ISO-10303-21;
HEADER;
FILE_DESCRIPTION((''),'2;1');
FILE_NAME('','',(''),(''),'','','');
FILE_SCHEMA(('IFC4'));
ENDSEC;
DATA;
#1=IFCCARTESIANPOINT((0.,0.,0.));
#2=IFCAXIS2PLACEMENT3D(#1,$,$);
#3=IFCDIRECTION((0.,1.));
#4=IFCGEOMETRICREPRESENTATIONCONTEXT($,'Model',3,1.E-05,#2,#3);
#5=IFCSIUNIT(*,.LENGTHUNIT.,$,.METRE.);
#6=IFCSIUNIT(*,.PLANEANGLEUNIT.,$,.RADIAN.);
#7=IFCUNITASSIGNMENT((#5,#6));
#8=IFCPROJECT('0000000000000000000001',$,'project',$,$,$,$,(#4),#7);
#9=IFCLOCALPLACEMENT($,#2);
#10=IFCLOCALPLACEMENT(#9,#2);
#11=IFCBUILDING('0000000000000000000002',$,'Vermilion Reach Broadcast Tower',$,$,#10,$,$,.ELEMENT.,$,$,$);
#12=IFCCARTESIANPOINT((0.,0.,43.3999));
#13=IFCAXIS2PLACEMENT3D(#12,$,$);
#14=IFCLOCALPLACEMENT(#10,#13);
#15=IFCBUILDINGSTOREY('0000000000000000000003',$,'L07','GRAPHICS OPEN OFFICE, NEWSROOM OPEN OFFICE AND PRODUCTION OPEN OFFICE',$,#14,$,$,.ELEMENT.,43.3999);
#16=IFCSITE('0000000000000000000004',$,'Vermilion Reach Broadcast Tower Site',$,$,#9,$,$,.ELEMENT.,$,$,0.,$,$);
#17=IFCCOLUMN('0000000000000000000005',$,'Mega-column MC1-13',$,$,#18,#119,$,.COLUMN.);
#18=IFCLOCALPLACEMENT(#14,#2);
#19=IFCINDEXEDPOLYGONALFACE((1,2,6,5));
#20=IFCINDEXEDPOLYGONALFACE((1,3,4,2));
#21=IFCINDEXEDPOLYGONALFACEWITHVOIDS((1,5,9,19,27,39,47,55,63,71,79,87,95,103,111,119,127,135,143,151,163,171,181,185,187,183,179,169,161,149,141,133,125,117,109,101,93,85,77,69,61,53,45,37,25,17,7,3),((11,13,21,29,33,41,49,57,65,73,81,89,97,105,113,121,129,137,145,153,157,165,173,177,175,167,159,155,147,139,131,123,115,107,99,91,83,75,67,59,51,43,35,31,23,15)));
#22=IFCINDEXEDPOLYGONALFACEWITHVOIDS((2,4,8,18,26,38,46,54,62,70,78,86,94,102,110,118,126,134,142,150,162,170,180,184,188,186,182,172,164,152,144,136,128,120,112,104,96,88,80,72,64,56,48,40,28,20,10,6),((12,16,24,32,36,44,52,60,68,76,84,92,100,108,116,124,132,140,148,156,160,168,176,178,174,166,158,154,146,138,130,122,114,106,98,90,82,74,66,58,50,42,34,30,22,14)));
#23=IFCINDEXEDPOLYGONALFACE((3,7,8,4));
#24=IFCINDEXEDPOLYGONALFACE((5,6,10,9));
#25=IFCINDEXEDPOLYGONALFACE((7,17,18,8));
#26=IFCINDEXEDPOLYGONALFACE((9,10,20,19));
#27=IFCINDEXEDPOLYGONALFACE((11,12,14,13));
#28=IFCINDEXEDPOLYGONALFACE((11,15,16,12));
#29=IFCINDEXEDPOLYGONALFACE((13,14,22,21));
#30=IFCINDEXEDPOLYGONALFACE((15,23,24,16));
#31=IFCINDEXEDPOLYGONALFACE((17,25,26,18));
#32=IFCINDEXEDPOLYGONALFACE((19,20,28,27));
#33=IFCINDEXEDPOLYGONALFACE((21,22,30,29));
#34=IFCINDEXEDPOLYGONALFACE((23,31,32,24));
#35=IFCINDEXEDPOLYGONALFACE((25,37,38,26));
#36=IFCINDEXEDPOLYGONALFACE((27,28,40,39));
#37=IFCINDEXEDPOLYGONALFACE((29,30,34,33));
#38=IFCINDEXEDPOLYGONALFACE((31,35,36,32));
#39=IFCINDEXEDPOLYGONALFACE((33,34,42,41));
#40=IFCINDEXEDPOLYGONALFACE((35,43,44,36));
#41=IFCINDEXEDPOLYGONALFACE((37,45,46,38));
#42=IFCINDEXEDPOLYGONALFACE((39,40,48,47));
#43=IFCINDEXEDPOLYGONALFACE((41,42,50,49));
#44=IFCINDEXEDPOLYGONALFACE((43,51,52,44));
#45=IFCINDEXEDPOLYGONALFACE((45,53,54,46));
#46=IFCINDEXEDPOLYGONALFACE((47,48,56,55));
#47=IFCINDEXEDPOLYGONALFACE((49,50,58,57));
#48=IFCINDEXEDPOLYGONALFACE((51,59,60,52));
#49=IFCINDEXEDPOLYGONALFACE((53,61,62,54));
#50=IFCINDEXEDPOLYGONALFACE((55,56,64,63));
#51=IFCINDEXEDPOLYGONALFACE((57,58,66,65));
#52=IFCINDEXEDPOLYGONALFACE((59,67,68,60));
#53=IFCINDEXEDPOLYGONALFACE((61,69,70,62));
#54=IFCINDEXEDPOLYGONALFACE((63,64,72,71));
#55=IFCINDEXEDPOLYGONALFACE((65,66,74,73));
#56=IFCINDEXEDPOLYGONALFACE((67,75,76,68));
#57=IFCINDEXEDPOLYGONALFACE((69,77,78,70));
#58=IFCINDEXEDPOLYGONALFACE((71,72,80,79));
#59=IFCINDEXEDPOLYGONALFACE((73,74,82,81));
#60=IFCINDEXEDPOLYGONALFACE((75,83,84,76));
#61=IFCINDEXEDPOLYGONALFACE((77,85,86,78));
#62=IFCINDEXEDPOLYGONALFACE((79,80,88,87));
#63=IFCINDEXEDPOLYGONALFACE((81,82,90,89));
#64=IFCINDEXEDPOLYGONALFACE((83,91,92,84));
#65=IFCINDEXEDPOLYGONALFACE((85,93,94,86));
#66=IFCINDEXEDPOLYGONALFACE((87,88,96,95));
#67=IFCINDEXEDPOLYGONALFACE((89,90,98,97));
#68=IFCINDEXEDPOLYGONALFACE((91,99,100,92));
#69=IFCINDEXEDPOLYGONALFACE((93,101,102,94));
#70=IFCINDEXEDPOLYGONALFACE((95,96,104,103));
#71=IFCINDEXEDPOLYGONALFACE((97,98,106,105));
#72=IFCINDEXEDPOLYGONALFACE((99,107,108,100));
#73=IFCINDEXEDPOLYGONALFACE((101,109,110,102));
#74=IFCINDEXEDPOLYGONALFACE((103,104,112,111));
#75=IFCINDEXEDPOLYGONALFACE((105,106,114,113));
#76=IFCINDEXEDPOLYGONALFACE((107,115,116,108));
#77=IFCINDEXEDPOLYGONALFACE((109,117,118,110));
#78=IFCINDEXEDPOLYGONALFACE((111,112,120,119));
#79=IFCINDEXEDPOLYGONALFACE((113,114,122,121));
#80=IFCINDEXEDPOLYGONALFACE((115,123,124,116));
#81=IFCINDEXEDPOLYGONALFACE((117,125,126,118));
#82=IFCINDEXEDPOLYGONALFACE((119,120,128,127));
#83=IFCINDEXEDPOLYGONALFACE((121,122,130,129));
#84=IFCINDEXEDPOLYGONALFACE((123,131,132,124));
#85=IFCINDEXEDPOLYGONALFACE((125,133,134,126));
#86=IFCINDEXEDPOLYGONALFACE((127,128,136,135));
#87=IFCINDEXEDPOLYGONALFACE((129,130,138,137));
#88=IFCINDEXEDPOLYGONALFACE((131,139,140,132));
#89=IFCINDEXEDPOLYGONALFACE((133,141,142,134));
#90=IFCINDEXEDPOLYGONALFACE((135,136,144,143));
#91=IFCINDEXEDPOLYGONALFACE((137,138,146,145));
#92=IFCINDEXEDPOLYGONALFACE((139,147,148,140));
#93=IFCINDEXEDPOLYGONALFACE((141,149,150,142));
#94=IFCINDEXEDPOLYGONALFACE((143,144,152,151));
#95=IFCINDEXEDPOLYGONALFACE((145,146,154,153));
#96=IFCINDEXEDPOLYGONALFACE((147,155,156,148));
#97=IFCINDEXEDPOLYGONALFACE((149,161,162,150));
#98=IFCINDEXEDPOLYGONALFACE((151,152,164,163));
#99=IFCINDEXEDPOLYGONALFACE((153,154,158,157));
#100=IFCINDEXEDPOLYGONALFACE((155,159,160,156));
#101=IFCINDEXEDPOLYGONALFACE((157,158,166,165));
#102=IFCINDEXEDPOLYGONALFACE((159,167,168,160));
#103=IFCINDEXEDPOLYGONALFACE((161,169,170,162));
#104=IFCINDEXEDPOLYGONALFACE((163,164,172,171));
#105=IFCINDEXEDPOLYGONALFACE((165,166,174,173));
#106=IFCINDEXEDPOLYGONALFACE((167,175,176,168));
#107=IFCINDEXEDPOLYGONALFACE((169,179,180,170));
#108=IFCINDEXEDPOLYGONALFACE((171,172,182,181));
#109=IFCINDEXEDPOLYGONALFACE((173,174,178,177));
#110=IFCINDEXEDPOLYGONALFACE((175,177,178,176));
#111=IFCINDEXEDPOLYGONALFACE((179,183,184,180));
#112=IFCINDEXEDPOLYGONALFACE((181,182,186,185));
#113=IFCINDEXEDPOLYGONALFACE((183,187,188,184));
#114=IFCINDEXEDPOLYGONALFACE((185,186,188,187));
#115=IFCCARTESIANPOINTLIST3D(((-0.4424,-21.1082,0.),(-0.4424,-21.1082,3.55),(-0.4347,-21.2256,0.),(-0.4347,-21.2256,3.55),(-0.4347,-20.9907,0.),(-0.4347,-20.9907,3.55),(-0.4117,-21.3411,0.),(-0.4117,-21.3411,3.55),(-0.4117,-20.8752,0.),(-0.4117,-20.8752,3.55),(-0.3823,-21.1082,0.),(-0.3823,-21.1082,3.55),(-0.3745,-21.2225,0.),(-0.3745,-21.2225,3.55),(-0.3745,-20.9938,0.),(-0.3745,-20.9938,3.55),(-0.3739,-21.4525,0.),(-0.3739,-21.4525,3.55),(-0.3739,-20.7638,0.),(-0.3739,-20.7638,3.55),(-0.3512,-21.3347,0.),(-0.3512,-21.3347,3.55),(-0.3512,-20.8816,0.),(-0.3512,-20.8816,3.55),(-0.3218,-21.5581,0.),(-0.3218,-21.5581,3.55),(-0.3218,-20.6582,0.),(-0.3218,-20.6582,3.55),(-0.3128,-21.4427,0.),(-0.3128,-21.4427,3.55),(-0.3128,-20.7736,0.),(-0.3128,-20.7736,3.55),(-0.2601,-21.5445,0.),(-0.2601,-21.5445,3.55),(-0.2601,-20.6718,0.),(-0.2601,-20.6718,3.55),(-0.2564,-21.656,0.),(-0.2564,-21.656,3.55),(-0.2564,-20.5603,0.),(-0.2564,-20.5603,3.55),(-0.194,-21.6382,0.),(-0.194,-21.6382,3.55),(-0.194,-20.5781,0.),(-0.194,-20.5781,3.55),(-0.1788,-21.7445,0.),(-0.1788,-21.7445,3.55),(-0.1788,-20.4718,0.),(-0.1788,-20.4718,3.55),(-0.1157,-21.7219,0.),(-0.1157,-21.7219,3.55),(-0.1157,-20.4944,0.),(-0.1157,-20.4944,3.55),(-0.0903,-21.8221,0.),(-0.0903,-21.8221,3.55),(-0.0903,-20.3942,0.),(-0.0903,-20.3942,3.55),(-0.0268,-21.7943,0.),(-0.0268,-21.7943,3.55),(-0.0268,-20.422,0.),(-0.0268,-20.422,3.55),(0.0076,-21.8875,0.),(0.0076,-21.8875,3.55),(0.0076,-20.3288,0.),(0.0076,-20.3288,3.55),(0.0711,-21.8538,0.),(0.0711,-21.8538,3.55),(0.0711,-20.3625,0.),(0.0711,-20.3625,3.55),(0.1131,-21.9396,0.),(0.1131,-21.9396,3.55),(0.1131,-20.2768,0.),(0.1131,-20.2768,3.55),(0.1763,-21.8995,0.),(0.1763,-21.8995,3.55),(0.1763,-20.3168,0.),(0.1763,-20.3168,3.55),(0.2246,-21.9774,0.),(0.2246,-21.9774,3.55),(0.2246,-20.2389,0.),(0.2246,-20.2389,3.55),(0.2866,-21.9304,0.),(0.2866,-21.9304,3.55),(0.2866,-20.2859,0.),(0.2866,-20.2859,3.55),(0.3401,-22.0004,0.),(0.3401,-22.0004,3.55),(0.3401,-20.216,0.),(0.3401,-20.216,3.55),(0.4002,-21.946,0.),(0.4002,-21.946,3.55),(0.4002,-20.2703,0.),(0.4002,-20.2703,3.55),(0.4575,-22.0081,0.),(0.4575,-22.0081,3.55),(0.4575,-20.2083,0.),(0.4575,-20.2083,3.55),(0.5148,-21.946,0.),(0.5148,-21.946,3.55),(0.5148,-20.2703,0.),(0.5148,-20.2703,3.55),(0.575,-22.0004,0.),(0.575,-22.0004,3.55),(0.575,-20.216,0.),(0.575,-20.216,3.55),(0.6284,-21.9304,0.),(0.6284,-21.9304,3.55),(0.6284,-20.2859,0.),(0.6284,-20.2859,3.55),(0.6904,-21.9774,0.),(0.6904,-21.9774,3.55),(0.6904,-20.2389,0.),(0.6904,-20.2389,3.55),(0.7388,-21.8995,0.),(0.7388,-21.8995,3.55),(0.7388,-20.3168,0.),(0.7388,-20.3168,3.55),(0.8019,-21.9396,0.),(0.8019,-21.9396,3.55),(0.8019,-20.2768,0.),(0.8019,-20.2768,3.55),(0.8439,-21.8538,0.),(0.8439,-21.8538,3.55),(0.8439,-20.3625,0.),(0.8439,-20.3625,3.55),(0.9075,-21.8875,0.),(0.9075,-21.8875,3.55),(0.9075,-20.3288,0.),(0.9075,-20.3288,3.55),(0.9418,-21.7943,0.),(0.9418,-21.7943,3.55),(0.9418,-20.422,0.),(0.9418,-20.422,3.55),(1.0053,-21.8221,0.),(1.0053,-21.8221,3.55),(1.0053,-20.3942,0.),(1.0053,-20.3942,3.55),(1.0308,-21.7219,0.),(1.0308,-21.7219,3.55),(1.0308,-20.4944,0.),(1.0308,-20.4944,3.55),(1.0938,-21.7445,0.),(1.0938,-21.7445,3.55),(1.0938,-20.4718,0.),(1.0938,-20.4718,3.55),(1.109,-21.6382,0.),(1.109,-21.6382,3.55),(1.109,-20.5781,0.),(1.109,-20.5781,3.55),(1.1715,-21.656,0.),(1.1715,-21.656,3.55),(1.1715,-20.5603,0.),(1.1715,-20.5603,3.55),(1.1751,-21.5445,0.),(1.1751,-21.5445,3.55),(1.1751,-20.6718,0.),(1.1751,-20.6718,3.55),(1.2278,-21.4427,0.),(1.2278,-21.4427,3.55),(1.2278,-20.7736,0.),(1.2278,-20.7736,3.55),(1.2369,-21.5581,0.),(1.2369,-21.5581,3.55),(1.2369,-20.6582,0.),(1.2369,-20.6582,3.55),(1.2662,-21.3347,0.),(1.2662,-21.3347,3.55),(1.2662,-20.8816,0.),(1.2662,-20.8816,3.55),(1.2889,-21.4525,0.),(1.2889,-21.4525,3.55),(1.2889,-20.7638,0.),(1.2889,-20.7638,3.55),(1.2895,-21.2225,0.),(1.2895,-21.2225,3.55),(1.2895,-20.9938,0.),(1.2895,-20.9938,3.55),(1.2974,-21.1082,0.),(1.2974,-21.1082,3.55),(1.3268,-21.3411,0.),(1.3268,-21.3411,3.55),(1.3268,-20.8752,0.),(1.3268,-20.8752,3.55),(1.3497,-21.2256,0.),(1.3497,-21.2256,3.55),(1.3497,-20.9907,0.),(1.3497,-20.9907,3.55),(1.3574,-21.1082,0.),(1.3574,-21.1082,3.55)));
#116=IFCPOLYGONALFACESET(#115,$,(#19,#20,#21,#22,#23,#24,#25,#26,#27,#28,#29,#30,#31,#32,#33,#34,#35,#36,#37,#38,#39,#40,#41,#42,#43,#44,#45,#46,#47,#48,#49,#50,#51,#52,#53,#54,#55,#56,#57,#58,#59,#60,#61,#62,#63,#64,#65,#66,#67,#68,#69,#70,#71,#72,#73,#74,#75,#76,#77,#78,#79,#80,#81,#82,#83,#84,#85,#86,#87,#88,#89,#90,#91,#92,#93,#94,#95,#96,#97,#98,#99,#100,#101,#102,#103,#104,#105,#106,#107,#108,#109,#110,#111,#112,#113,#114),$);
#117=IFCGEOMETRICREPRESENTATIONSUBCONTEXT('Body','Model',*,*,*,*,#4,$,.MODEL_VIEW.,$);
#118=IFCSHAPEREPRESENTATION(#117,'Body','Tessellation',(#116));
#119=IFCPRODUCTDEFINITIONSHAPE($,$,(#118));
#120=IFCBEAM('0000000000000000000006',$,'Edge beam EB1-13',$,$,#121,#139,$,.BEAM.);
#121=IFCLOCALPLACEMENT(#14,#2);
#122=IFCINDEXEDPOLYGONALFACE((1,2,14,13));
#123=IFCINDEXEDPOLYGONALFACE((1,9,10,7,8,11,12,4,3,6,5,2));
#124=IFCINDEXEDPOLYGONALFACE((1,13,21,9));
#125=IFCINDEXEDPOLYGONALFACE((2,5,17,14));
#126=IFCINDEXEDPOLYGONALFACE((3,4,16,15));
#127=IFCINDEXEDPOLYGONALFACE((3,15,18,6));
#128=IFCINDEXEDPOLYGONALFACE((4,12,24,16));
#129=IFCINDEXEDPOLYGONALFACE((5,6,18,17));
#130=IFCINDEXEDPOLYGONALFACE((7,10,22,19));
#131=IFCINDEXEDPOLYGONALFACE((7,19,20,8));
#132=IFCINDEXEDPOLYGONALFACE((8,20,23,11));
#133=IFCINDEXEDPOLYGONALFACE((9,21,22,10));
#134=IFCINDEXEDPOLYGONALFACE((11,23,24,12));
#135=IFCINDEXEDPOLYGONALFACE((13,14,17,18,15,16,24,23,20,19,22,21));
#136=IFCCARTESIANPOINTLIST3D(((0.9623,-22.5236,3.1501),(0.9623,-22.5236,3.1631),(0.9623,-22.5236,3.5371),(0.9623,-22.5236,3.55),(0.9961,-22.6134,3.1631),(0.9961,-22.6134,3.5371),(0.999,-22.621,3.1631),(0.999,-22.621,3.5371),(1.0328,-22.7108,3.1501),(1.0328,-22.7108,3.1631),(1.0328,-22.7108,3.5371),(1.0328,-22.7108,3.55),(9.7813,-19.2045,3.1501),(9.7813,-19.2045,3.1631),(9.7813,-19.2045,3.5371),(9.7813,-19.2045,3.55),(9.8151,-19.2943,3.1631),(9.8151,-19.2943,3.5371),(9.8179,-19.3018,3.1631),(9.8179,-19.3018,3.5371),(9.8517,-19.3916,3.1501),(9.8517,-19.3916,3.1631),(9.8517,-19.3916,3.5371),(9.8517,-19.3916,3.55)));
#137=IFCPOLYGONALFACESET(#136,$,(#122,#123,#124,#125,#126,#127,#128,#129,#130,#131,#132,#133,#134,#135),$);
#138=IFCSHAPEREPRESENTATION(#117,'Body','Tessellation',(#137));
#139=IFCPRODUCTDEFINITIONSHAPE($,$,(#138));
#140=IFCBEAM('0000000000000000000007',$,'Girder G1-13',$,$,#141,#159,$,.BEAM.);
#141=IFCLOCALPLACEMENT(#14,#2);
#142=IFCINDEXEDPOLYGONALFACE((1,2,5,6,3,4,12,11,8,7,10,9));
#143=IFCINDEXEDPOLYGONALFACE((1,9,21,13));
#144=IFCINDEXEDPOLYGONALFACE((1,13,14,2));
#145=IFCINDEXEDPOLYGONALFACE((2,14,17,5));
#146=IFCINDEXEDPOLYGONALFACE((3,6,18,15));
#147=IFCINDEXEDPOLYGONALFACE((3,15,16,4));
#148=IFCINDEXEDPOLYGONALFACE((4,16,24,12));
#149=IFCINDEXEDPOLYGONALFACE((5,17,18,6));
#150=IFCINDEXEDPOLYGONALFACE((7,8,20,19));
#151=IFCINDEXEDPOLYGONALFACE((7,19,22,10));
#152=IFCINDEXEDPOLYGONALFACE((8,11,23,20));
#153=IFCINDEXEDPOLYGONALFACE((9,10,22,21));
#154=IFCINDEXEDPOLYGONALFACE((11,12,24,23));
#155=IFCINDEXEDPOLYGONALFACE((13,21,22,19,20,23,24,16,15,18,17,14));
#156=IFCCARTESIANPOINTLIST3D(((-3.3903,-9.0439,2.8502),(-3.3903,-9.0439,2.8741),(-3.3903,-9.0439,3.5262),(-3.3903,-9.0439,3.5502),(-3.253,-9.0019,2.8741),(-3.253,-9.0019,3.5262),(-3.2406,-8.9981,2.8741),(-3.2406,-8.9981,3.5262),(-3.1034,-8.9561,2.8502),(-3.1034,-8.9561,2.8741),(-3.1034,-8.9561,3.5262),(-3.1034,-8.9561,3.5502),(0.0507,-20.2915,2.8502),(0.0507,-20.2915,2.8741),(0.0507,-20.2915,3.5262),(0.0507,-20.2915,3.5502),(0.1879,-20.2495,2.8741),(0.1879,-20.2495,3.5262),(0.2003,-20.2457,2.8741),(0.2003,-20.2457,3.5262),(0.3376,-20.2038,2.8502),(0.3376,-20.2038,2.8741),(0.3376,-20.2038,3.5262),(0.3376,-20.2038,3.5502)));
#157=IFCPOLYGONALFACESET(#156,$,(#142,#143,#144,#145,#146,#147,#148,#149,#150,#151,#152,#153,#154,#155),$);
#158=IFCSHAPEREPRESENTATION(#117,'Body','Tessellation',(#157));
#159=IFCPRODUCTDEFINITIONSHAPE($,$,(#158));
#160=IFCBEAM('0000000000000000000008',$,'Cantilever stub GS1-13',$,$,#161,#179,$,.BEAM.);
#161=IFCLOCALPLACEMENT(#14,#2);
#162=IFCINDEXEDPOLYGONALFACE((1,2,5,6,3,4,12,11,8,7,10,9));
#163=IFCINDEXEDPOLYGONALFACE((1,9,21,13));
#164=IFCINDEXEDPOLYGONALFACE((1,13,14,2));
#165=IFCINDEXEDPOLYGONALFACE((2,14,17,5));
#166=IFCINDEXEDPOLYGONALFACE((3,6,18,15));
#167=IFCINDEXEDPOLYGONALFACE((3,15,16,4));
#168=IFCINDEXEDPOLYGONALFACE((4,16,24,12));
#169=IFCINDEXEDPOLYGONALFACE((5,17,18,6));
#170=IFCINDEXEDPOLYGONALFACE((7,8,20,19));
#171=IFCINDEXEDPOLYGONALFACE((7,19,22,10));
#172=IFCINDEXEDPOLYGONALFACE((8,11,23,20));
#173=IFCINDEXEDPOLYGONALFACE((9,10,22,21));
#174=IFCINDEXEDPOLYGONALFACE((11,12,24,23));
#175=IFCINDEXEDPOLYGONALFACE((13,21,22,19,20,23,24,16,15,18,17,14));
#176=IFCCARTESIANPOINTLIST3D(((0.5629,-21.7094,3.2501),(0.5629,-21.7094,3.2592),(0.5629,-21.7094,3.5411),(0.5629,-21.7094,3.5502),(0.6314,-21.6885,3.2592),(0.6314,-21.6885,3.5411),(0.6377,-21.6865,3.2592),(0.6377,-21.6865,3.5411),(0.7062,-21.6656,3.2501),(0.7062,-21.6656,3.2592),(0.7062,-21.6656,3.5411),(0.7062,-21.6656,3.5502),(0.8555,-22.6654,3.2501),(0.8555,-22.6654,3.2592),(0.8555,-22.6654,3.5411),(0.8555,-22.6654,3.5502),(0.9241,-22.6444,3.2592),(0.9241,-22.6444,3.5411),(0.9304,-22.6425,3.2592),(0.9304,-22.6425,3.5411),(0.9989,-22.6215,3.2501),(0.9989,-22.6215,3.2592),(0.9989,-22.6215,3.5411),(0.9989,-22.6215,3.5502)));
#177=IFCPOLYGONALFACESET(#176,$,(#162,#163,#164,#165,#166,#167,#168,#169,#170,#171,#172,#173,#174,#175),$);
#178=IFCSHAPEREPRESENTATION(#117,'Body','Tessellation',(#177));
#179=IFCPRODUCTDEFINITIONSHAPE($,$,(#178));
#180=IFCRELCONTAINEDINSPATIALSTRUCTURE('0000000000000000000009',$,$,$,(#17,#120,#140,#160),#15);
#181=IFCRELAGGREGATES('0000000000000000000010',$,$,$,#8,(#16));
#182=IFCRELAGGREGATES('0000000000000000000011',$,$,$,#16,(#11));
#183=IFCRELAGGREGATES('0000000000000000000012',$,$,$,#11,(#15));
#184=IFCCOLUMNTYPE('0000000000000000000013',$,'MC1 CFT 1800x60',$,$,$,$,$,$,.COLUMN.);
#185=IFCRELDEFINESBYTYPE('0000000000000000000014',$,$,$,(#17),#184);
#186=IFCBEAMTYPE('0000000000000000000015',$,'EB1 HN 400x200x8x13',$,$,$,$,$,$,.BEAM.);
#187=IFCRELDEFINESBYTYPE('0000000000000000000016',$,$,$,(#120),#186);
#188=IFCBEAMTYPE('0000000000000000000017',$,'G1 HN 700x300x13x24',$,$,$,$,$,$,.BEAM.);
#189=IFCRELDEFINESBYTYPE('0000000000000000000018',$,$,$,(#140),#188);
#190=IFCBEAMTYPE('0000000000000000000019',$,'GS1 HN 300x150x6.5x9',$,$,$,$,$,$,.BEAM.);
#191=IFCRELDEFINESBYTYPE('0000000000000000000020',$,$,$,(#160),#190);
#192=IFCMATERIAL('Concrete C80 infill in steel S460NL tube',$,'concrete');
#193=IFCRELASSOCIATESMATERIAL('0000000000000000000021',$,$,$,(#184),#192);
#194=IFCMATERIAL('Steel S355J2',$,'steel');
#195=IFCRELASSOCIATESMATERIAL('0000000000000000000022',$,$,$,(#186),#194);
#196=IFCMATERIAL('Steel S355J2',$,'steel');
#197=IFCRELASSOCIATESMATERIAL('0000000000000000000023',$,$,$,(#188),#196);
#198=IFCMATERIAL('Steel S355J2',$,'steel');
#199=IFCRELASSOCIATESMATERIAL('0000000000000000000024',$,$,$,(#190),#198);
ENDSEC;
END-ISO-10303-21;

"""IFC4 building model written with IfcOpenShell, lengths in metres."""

from ifc_helpers import new_model, si_unit, direction, frame, origin, origin_2d, place, context, subcontext, project, spatial, hollow_circle, i_section, extrude, material, material_profile, profile_set, type_object, element, save


model = new_model("IFC4")

# Units and contexts
model_context = context("Model", 3, precision=1e-05, world=origin(), true_north=direction((0.0, 1.0)))
body_context = subcontext(model_context, "Body", "Model", "MODEL_VIEW")
ifc_project = project(units=[si_unit("LENGTHUNIT", "METRE"), si_unit("PLANEANGLEUNIT", "RADIAN")], contexts=[model_context])

# Site, building, storey
site_placement = place(None, origin())
site = spatial("IfcSite", under=ifc_project, at=site_placement, Name="Vermilion Reach Broadcast Tower Site", CompositionType="ELEMENT", RefElevation=0.0)
building_placement = place(site_placement, origin())
building = spatial("IfcBuilding", under=site, at=building_placement, Name="Vermilion Reach Broadcast Tower", CompositionType="ELEMENT")
storey_placement = place(building_placement, frame((0.0, 0.0, 43.3999)))
storey = spatial("IfcBuildingStorey", under=building, at=storey_placement, Name="L07", Description="GRAPHICS OPEN OFFICE, NEWSROOM OPEN OFFICE AND PRODUCTION OPEN OFFICE", CompositionType="ELEMENT", Elevation=43.3999)

# Column
ifc_material_1 = material(Name="Concrete C80 infill in steel S460NL tube", Category="concrete")
ifc_material_profile_1 = material_profile(ifc_material_1, hollow_circle(Radius=0.8999, WallThickness=0.0601, at=origin_2d()), Name="Concrete C80 infill in steel S460NL tube CFT 1800x60")
ifc_profile_set_1 = profile_set([ifc_material_profile_1], Name="Concrete C80 infill in steel S460NL tube")
column_type = type_object("IfcColumnType", Name="MC1 CFT 1800x60", PredefinedType="COLUMN", material=ifc_profile_set_1)
column_placement = place(storey_placement, frame((0.4575, -21.1082, 0.0), z_axis=(0.0, 0.0, 1.0), x_axis=(1.0, 0.0, 0.0)))
element("IfcColumn", 1, at=column_placement, inside=storey, type_object=column_type, Name="Mega-column MC1-13", PredefinedType="COLUMN", context=body_context, shape_type="SweptSolid", body=[
    extrude(hollow_circle(Radius=0.8999, WallThickness=0.0601, at=origin_2d()), origin(), (0.0, 0.0, 1.0), 3.55),
])

# Beams
ifc_material_2 = material(Name="Steel S355J2", Category="steel")
ifc_material_profile_2 = material_profile(ifc_material_2, i_section(OverallWidth=0.2, OverallDepth=0.3999, WebThickness=0.0081, FlangeThickness=0.0129, at=origin_2d()), Name="S355J2 HN 400x200x8x13")
ifc_profile_set_2 = profile_set([ifc_material_profile_2], Name="Steel S355J2")
beam_type_1 = type_object("IfcBeamType", Name="EB1 HN 400x200x8x13", PredefinedType="BEAM", material=ifc_profile_set_2)
beam_1_placement = place(storey_placement, frame((0.9976, -22.6172, 3.3501), z_axis=(0.935909, 0.352242, 0.0), x_axis=(-0.352242, 0.935909, 0.0)))
element("IfcBeam", 2, at=beam_1_placement, inside=storey, type_object=beam_type_1, Name="Edge beam EB1-13", PredefinedType="BEAM", context=body_context, shape_type="SweptSolid", body=[
    extrude(i_section(OverallWidth=0.2, OverallDepth=0.3999, WebThickness=0.0081, FlangeThickness=0.0129, at=origin_2d()), origin(), (0.0, 0.0, 1.0), 9.4229),
])
ifc_material_3 = material(Name="Steel S355J2", Category="steel")
ifc_material_profile_3 = material_profile(ifc_material_3, i_section(OverallWidth=0.3, OverallDepth=0.7, WebThickness=0.0129, FlangeThickness=0.0239, at=origin_2d()), Name="S355J2 HN 700x300x13x24")
ifc_profile_set_3 = profile_set([ifc_material_profile_3], Name="Steel S355J2")
beam_type_2 = type_object("IfcBeamType", Name="G1 HN 700x300x13x24", PredefinedType="BEAM", material=ifc_profile_set_3)
beam_2_placement = place(storey_placement, frame((-3.2468, -9.0, 3.2002), z_axis=(0.292542, -0.956253, 0.0), x_axis=(0.956253, 0.292542, 0.0)))
element("IfcBeam", 3, at=beam_2_placement, inside=storey, type_object=beam_type_2, Name="Girder G1-13", PredefinedType="BEAM", context=body_context, shape_type="SweptSolid", body=[
    extrude(i_section(OverallWidth=0.3, OverallDepth=0.7, WebThickness=0.0129, FlangeThickness=0.0239, at=origin_2d()), origin(), (0.0, 0.0, 1.0), 11.7622),
])
ifc_material_4 = material(Name="Steel S355J2", Category="steel")
ifc_material_profile_4 = material_profile(ifc_material_4, i_section(OverallWidth=0.1499, OverallDepth=0.3, WebThickness=0.0066, FlangeThickness=0.009, at=origin_2d()), Name="S355J2 HN 300x150x6.5x9")
ifc_profile_set_4 = profile_set([ifc_material_profile_4], Name="Steel S355J2")
beam_type_3 = type_object("IfcBeamType", Name="GS1 HN 300x150x6.5x9", PredefinedType="BEAM", material=ifc_profile_set_4)
beam_3_placement = place(storey_placement, frame((0.6345, -21.6875, 3.4001), z_axis=(0.292764, -0.956185, 0.0), x_axis=(0.956185, 0.292764, 0.0)))
element("IfcBeam", 4, at=beam_3_placement, inside=storey, type_object=beam_type_3, Name="Cantilever stub GS1-13", PredefinedType="BEAM", context=body_context, shape_type="SweptSolid", body=[
    extrude(i_section(OverallWidth=0.1499, OverallDepth=0.3, WebThickness=0.0066, FlangeThickness=0.009, at=origin_2d()), origin(), (0.0, 0.0, 1.0), 0.9998),
])

save(model, "model.ifc")
